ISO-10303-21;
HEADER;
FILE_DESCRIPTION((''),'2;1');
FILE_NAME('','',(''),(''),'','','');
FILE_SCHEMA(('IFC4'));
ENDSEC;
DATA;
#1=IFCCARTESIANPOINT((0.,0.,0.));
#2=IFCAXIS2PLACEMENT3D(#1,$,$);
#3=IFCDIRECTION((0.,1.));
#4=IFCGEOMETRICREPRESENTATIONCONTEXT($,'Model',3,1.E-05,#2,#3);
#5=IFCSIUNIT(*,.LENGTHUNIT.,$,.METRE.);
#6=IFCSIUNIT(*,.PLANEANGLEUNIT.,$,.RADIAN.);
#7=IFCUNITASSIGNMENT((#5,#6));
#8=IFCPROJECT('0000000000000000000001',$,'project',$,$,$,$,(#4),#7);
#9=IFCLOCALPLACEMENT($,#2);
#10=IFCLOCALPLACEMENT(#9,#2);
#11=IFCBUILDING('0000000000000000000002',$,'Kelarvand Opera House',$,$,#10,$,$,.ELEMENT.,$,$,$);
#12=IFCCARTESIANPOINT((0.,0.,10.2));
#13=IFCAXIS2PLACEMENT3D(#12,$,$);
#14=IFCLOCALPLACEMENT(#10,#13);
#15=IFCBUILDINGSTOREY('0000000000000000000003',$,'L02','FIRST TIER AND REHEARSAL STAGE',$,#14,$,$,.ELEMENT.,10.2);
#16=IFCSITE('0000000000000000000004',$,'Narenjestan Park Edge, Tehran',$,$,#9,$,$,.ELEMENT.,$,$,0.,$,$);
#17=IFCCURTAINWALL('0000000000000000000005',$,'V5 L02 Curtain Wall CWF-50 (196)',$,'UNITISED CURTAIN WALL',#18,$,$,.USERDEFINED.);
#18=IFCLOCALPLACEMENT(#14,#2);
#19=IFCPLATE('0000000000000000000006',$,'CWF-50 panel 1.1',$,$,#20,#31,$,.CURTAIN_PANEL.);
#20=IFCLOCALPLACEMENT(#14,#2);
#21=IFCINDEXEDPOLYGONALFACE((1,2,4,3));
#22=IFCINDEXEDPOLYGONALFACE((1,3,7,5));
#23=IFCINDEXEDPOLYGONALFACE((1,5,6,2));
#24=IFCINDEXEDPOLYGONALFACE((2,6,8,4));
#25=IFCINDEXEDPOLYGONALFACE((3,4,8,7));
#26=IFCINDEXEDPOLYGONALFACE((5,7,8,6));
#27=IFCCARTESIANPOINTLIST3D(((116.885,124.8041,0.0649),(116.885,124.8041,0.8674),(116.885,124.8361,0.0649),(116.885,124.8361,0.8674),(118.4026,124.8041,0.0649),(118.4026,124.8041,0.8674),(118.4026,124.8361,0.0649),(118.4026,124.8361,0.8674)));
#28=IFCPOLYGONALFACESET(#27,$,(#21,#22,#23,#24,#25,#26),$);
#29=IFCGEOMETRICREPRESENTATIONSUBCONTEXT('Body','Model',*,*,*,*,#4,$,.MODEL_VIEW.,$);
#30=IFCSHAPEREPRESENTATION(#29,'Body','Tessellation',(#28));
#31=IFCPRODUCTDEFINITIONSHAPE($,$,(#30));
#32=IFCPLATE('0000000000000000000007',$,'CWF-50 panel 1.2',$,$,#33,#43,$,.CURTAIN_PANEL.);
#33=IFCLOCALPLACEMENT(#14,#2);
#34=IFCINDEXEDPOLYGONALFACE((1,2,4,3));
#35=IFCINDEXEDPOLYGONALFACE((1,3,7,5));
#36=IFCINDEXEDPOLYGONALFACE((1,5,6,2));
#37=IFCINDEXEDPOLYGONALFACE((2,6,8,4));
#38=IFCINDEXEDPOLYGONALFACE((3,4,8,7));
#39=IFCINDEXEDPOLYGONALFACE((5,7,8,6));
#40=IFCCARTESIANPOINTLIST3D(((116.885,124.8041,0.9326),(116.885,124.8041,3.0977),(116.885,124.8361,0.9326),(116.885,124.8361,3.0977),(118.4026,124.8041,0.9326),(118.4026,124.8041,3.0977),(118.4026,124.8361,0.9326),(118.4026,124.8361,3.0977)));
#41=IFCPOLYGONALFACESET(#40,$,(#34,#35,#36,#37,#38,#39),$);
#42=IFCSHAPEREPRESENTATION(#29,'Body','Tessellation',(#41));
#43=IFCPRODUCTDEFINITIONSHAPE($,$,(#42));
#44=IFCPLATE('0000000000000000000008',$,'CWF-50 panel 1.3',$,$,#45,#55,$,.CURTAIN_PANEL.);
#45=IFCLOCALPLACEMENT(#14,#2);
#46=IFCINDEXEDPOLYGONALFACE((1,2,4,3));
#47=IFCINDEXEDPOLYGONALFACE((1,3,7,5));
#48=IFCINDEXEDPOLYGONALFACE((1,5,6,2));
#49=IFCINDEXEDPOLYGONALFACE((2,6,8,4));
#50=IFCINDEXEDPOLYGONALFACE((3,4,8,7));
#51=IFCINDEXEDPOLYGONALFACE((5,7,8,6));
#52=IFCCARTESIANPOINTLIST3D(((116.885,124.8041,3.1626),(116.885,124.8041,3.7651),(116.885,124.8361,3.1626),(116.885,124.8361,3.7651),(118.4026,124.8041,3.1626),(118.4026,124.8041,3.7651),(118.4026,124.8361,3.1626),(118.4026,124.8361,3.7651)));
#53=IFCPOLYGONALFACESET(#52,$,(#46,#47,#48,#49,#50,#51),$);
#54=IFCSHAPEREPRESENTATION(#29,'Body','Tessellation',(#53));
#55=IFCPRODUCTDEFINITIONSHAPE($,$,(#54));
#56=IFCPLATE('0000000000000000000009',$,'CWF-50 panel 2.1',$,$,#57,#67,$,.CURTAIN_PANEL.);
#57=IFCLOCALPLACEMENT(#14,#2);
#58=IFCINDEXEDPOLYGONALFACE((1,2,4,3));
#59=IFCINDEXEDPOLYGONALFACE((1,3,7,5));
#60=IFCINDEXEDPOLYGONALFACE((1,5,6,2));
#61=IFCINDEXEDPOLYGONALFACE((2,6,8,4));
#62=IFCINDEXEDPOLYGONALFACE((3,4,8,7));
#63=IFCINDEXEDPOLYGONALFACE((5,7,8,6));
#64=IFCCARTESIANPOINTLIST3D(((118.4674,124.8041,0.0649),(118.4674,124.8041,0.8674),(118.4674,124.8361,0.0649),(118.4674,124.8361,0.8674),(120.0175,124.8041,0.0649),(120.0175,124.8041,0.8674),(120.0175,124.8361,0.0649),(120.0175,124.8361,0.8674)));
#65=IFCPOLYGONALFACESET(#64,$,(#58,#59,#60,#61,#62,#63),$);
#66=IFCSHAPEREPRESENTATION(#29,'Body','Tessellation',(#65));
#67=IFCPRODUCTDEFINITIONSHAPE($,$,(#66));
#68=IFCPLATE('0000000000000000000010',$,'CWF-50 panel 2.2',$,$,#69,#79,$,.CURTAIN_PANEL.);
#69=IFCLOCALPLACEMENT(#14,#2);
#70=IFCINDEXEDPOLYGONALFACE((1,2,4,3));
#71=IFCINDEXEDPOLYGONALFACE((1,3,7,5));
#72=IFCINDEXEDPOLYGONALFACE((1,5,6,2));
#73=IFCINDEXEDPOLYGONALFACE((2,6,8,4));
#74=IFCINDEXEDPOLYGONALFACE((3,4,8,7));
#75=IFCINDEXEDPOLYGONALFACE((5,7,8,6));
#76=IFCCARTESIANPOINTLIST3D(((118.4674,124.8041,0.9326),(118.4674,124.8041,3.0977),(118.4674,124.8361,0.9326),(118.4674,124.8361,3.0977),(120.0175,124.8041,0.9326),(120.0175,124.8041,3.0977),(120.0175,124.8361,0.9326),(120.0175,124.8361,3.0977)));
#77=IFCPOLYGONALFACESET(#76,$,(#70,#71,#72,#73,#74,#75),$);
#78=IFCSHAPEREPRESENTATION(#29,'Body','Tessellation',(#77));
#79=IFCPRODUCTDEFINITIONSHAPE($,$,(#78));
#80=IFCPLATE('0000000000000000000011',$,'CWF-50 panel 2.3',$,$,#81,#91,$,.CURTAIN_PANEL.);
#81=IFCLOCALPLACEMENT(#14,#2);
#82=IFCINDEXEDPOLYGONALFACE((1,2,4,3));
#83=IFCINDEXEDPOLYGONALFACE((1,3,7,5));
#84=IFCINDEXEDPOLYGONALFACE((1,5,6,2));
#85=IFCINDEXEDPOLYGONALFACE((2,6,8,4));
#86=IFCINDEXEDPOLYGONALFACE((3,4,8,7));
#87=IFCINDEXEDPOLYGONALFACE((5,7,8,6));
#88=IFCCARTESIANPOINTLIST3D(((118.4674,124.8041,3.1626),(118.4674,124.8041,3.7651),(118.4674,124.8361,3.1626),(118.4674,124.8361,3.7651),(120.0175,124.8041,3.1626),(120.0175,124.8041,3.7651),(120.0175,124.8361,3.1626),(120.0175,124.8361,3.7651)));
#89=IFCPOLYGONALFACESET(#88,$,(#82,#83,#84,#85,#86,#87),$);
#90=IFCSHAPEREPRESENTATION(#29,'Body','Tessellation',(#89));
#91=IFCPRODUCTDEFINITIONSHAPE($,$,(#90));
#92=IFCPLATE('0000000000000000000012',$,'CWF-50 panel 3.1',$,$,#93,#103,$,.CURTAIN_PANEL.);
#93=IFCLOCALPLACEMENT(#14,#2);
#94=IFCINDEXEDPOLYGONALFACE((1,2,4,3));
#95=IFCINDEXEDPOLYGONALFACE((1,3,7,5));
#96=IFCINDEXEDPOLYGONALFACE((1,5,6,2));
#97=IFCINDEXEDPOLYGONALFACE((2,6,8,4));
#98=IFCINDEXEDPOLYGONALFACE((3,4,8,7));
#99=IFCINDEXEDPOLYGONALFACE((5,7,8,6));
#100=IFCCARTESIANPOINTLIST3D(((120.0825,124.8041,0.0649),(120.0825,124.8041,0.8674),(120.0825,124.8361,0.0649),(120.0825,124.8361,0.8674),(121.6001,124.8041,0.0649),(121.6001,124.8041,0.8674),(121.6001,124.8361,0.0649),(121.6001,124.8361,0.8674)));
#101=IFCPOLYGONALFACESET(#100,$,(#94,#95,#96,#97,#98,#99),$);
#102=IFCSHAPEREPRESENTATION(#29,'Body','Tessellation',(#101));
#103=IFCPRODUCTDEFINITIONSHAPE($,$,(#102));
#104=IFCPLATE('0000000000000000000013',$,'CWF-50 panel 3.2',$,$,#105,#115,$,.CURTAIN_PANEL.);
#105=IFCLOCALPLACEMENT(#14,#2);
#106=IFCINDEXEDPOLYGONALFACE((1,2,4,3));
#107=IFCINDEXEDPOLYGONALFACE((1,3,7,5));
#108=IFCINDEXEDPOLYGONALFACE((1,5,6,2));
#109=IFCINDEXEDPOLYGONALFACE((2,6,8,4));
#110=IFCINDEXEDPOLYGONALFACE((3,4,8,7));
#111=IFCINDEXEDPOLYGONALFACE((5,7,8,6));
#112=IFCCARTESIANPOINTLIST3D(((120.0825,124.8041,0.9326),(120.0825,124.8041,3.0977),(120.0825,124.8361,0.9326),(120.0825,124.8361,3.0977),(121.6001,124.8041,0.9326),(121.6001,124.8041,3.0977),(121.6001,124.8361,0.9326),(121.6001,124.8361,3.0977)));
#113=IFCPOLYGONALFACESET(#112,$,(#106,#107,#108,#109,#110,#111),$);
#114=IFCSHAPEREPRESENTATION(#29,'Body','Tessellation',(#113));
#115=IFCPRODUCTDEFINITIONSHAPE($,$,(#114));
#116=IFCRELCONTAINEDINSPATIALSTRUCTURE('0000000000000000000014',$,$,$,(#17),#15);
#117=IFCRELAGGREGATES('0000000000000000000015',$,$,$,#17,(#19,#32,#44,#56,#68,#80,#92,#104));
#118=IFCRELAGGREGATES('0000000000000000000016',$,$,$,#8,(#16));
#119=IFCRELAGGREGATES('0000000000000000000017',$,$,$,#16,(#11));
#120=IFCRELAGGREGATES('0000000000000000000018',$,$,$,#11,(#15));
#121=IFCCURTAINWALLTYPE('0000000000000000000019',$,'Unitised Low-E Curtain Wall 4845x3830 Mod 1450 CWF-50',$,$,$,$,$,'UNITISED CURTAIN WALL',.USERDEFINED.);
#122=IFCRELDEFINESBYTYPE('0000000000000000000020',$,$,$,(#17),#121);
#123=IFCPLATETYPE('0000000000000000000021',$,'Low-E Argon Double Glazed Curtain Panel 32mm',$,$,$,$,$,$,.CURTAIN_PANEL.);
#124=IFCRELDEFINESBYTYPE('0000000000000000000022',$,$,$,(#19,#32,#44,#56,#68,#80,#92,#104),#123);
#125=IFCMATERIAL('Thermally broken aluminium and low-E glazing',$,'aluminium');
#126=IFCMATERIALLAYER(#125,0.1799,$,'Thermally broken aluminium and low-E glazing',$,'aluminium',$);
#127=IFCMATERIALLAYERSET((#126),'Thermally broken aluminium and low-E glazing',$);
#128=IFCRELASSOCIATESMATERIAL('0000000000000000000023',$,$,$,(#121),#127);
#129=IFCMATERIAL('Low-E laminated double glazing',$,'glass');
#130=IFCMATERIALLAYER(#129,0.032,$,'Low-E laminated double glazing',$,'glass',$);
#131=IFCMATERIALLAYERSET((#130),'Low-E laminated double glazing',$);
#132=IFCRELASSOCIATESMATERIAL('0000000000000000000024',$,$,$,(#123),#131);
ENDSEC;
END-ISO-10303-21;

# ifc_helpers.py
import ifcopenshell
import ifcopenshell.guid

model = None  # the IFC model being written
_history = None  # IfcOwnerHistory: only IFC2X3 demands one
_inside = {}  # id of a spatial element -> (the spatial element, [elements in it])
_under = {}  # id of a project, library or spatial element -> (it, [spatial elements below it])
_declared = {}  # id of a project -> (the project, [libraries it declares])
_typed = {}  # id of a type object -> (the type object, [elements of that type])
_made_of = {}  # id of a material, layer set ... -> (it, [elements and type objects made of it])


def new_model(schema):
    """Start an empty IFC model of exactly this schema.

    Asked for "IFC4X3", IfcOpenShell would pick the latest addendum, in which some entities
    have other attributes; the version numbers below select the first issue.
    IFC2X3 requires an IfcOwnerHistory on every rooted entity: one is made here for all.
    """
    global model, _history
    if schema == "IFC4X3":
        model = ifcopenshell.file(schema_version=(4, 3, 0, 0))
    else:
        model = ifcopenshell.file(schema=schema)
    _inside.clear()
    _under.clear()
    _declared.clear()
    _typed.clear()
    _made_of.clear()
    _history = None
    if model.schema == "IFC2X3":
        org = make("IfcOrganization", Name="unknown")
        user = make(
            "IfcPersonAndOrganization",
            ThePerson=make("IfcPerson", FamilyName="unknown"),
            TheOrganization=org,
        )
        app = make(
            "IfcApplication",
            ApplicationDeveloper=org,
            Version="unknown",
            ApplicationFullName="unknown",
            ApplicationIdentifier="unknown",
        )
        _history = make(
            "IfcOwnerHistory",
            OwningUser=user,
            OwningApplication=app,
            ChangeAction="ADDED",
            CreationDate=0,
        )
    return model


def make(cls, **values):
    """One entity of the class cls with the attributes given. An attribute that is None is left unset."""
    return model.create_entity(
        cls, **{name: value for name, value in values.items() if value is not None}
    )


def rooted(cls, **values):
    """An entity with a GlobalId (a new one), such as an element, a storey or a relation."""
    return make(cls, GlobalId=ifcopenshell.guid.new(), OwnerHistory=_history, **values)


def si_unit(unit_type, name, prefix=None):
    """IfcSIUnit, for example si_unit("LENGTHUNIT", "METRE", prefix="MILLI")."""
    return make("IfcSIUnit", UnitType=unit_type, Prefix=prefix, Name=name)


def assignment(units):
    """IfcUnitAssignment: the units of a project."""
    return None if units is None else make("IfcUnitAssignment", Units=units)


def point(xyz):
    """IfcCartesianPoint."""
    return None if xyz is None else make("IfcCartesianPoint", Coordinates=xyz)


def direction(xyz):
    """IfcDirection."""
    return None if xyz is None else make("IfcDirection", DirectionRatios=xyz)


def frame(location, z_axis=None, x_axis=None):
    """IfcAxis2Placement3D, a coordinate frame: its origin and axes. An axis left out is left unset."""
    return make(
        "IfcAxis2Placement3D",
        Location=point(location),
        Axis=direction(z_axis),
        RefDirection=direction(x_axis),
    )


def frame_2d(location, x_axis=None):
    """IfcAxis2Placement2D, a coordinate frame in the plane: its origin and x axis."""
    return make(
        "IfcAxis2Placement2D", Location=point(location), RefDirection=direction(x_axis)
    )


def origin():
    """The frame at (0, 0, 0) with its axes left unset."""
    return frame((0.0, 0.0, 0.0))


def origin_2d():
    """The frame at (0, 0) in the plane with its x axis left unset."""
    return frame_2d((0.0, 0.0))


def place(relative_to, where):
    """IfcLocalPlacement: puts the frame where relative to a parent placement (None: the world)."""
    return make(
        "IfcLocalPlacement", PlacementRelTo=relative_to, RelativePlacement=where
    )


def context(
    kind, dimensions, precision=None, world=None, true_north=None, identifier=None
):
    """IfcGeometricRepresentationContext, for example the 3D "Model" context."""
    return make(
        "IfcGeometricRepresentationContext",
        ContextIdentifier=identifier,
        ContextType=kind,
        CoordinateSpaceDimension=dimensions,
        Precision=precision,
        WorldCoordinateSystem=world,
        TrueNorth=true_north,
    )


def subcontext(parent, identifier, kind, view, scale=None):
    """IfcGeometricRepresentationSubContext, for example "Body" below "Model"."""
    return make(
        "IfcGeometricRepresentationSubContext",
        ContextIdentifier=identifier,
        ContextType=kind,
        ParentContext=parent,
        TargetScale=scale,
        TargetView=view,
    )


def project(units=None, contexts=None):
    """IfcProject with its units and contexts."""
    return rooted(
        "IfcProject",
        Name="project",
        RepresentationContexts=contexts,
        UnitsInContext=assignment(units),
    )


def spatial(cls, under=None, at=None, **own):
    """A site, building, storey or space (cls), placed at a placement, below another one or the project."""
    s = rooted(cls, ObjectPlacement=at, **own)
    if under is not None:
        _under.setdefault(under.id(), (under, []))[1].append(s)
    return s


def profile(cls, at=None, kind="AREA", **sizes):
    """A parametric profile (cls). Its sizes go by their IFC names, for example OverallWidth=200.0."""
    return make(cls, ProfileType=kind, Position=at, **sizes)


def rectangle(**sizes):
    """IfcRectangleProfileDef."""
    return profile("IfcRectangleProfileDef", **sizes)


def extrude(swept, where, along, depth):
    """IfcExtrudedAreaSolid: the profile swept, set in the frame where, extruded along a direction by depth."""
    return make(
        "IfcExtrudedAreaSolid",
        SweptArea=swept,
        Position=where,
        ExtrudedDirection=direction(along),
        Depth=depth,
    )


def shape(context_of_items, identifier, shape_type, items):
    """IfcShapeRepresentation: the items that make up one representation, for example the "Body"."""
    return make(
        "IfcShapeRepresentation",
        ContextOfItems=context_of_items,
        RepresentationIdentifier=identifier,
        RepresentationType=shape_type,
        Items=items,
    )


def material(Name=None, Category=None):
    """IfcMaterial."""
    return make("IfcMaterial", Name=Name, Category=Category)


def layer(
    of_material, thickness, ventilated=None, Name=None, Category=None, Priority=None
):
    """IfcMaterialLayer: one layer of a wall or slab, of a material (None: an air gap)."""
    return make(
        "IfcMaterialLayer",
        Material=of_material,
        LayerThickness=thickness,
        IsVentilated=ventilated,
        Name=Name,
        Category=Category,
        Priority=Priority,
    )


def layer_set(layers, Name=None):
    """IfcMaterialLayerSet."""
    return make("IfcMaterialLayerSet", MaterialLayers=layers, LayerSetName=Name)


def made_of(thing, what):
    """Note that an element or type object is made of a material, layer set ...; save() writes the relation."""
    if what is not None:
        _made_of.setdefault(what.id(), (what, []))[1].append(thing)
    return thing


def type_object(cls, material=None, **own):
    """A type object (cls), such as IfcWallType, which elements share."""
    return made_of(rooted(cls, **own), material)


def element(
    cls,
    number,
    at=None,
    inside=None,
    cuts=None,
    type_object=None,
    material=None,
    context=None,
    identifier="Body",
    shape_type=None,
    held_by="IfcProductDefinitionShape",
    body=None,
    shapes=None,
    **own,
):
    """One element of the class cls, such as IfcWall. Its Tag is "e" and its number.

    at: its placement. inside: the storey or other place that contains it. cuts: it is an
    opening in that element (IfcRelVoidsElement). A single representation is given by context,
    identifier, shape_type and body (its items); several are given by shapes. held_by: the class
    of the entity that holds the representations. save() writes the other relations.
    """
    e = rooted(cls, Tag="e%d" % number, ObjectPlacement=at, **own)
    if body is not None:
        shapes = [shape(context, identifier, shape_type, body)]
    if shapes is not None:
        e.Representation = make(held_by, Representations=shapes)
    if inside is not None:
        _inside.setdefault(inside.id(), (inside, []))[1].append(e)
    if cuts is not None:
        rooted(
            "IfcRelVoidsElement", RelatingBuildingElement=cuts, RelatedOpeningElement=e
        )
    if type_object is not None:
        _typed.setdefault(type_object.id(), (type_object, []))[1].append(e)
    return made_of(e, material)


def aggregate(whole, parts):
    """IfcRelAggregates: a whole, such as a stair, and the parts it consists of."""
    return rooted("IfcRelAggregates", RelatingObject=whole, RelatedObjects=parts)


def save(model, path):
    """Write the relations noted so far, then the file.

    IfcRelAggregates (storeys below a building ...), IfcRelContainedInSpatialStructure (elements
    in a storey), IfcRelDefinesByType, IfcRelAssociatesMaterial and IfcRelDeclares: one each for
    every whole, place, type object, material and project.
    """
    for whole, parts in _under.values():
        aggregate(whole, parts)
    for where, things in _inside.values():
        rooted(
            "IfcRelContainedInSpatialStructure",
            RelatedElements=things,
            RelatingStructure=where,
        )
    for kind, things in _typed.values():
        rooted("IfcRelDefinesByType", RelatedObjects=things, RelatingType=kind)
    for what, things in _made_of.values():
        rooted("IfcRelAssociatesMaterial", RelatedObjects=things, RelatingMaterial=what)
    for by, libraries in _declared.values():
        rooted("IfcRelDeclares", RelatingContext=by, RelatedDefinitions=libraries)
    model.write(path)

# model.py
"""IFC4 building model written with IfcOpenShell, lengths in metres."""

from ifc_helpers import new_model, si_unit, direction, frame, origin, origin_2d, place, context, subcontext, project, spatial, rectangle, extrude, material, layer, layer_set, type_object, element, aggregate, save


model = new_model("IFC4")

# Units and contexts
model_context = context("Model", 3, precision=1e-05, world=origin(), true_north=direction((0.0, 1.0)))
body_context = subcontext(model_context, "Body", "Model", "MODEL_VIEW")
ifc_project = project(units=[si_unit("LENGTHUNIT", "METRE"), si_unit("PLANEANGLEUNIT", "RADIAN")], contexts=[model_context])

# Site, building, storey
site_placement = place(None, origin())
site = spatial("IfcSite", under=ifc_project, at=site_placement, Name="Narenjestan Park Edge, Tehran", CompositionType="ELEMENT", RefElevation=0.0)
building_placement = place(site_placement, origin())
building = spatial("IfcBuilding", under=site, at=building_placement, Name="Kelarvand Opera House", CompositionType="ELEMENT")
storey_placement = place(building_placement, frame((0.0, 0.0, 10.2)))
storey = spatial("IfcBuildingStorey", under=building, at=storey_placement, Name="L02", Description="FIRST TIER AND REHEARSAL STAGE", CompositionType="ELEMENT", Elevation=10.2)

# Curtain wall, plates
ifc_material_1 = material(Name="Thermally broken aluminium and low-E glazing", Category="aluminium")
ifc_layer_1 = layer(ifc_material_1, 0.1799, Name="Thermally broken aluminium and low-E glazing", Category="aluminium")
ifc_layer_set_1 = layer_set([ifc_layer_1], Name="Thermally broken aluminium and low-E glazing")
curtain_wall_type = type_object("IfcCurtainWallType", Name="Unitised Low-E Curtain Wall 4845x3830 Mod 1450 CWF-50", ElementType="UNITISED CURTAIN WALL", PredefinedType="USERDEFINED", material=ifc_layer_set_1)
curtain_wall_placement = place(storey_placement, origin())
curtain_wall = element("IfcCurtainWall", 1, at=curtain_wall_placement, inside=storey, type_object=curtain_wall_type, Name="V5 L02 Curtain Wall CWF-50 (196)", ObjectType="UNITISED CURTAIN WALL", PredefinedType="USERDEFINED")
ifc_material_2 = material(Name="Low-E laminated double glazing", Category="glass")
ifc_layer_2 = layer(ifc_material_2, 0.032, Name="Low-E laminated double glazing", Category="glass")
ifc_layer_set_2 = layer_set([ifc_layer_2], Name="Low-E laminated double glazing")
plate_type = type_object("IfcPlateType", Name="Low-E Argon Double Glazed Curtain Panel 32mm", PredefinedType="CURTAIN_PANEL", material=ifc_layer_set_2)
plate_1_placement = place(storey_placement, frame((117.6438, 124.8201, 0.0649), z_axis=(0.0, 0.0, 1.0), x_axis=(1.0, 0.0, 0.0)))
plate_1 = element("IfcPlate", 2, at=plate_1_placement, type_object=plate_type, Name="CWF-50 panel 1.1", PredefinedType="CURTAIN_PANEL", context=body_context, shape_type="SweptSolid", body=[
    extrude(rectangle(XDim=1.5176, YDim=0.032, at=origin_2d()), origin(), (0.0, 0.0, 1.0), 0.8025),
])
plate_2_placement = place(storey_placement, frame((117.6438, 124.8201, 0.9326), z_axis=(0.0, 0.0, 1.0), x_axis=(1.0, 0.0, 0.0)))
plate_2 = element("IfcPlate", 3, at=plate_2_placement, type_object=plate_type, Name="CWF-50 panel 1.2", PredefinedType="CURTAIN_PANEL", context=body_context, shape_type="SweptSolid", body=[
    extrude(rectangle(XDim=1.5176, YDim=0.032, at=origin_2d()), origin(), (0.0, 0.0, 1.0), 2.165),
])
plate_3_placement = place(storey_placement, frame((117.6438, 124.8201, 3.1626), z_axis=(0.0, 0.0, 1.0), x_axis=(1.0, 0.0, 0.0)))
plate_3 = element("IfcPlate", 4, at=plate_3_placement, type_object=plate_type, Name="CWF-50 panel 1.3", PredefinedType="CURTAIN_PANEL", context=body_context, shape_type="SweptSolid", body=[
    extrude(rectangle(XDim=1.5176, YDim=0.032, at=origin_2d()), origin(), (0.0, 0.0, 1.0), 0.6025),
])
plate_4_placement = place(storey_placement, frame((119.2424, 124.8201, 0.0649), z_axis=(0.0, 0.0, 1.0), x_axis=(1.0, 0.0, 0.0)))
plate_4 = element("IfcPlate", 5, at=plate_4_placement, type_object=plate_type, Name="CWF-50 panel 2.1", PredefinedType="CURTAIN_PANEL", context=body_context, shape_type="SweptSolid", body=[
    extrude(rectangle(XDim=1.55, YDim=0.032, at=origin_2d()), origin(), (0.0, 0.0, 1.0), 0.8025),
])
plate_5_placement = place(storey_placement, frame((119.2424, 124.8201, 0.9326), z_axis=(0.0, 0.0, 1.0), x_axis=(1.0, 0.0, 0.0)))
plate_5 = element("IfcPlate", 6, at=plate_5_placement, type_object=plate_type, Name="CWF-50 panel 2.2", PredefinedType="CURTAIN_PANEL", context=body_context, shape_type="SweptSolid", body=[
    extrude(rectangle(XDim=1.55, YDim=0.032, at=origin_2d()), origin(), (0.0, 0.0, 1.0), 2.165),
])
plate_6_placement = place(storey_placement, frame((119.2424, 124.8201, 3.1626), z_axis=(0.0, 0.0, 1.0), x_axis=(1.0, 0.0, 0.0)))
plate_6 = element("IfcPlate", 7, at=plate_6_placement, type_object=plate_type, Name="CWF-50 panel 2.3", PredefinedType="CURTAIN_PANEL", context=body_context, shape_type="SweptSolid", body=[
    extrude(rectangle(XDim=1.55, YDim=0.032, at=origin_2d()), origin(), (0.0, 0.0, 1.0), 0.6025),
])
plate_7_placement = place(storey_placement, frame((120.8413, 124.8201, 0.0649), z_axis=(0.0, 0.0, 1.0), x_axis=(1.0, 0.0, 0.0)))
plate_7 = element("IfcPlate", 8, at=plate_7_placement, type_object=plate_type, Name="CWF-50 panel 3.1", PredefinedType="CURTAIN_PANEL", context=body_context, shape_type="SweptSolid", body=[
    extrude(rectangle(XDim=1.5176, YDim=0.032, at=origin_2d()), origin(), (0.0, 0.0, 1.0), 0.8025),
])
plate_8_placement = place(storey_placement, frame((120.8413, 124.8201, 0.9326), z_axis=(0.0, 0.0, 1.0), x_axis=(1.0, 0.0, 0.0)))
plate_8 = element("IfcPlate", 9, at=plate_8_placement, type_object=plate_type, Name="CWF-50 panel 3.2", PredefinedType="CURTAIN_PANEL", context=body_context, shape_type="SweptSolid", body=[
    extrude(rectangle(XDim=1.5176, YDim=0.032, at=origin_2d()), origin(), (0.0, 0.0, 1.0), 2.165),
])
aggregate(curtain_wall, [plate_1, plate_2, plate_3, plate_4, plate_5, plate_6, plate_7, plate_8])

save(model, "model.ifc")
